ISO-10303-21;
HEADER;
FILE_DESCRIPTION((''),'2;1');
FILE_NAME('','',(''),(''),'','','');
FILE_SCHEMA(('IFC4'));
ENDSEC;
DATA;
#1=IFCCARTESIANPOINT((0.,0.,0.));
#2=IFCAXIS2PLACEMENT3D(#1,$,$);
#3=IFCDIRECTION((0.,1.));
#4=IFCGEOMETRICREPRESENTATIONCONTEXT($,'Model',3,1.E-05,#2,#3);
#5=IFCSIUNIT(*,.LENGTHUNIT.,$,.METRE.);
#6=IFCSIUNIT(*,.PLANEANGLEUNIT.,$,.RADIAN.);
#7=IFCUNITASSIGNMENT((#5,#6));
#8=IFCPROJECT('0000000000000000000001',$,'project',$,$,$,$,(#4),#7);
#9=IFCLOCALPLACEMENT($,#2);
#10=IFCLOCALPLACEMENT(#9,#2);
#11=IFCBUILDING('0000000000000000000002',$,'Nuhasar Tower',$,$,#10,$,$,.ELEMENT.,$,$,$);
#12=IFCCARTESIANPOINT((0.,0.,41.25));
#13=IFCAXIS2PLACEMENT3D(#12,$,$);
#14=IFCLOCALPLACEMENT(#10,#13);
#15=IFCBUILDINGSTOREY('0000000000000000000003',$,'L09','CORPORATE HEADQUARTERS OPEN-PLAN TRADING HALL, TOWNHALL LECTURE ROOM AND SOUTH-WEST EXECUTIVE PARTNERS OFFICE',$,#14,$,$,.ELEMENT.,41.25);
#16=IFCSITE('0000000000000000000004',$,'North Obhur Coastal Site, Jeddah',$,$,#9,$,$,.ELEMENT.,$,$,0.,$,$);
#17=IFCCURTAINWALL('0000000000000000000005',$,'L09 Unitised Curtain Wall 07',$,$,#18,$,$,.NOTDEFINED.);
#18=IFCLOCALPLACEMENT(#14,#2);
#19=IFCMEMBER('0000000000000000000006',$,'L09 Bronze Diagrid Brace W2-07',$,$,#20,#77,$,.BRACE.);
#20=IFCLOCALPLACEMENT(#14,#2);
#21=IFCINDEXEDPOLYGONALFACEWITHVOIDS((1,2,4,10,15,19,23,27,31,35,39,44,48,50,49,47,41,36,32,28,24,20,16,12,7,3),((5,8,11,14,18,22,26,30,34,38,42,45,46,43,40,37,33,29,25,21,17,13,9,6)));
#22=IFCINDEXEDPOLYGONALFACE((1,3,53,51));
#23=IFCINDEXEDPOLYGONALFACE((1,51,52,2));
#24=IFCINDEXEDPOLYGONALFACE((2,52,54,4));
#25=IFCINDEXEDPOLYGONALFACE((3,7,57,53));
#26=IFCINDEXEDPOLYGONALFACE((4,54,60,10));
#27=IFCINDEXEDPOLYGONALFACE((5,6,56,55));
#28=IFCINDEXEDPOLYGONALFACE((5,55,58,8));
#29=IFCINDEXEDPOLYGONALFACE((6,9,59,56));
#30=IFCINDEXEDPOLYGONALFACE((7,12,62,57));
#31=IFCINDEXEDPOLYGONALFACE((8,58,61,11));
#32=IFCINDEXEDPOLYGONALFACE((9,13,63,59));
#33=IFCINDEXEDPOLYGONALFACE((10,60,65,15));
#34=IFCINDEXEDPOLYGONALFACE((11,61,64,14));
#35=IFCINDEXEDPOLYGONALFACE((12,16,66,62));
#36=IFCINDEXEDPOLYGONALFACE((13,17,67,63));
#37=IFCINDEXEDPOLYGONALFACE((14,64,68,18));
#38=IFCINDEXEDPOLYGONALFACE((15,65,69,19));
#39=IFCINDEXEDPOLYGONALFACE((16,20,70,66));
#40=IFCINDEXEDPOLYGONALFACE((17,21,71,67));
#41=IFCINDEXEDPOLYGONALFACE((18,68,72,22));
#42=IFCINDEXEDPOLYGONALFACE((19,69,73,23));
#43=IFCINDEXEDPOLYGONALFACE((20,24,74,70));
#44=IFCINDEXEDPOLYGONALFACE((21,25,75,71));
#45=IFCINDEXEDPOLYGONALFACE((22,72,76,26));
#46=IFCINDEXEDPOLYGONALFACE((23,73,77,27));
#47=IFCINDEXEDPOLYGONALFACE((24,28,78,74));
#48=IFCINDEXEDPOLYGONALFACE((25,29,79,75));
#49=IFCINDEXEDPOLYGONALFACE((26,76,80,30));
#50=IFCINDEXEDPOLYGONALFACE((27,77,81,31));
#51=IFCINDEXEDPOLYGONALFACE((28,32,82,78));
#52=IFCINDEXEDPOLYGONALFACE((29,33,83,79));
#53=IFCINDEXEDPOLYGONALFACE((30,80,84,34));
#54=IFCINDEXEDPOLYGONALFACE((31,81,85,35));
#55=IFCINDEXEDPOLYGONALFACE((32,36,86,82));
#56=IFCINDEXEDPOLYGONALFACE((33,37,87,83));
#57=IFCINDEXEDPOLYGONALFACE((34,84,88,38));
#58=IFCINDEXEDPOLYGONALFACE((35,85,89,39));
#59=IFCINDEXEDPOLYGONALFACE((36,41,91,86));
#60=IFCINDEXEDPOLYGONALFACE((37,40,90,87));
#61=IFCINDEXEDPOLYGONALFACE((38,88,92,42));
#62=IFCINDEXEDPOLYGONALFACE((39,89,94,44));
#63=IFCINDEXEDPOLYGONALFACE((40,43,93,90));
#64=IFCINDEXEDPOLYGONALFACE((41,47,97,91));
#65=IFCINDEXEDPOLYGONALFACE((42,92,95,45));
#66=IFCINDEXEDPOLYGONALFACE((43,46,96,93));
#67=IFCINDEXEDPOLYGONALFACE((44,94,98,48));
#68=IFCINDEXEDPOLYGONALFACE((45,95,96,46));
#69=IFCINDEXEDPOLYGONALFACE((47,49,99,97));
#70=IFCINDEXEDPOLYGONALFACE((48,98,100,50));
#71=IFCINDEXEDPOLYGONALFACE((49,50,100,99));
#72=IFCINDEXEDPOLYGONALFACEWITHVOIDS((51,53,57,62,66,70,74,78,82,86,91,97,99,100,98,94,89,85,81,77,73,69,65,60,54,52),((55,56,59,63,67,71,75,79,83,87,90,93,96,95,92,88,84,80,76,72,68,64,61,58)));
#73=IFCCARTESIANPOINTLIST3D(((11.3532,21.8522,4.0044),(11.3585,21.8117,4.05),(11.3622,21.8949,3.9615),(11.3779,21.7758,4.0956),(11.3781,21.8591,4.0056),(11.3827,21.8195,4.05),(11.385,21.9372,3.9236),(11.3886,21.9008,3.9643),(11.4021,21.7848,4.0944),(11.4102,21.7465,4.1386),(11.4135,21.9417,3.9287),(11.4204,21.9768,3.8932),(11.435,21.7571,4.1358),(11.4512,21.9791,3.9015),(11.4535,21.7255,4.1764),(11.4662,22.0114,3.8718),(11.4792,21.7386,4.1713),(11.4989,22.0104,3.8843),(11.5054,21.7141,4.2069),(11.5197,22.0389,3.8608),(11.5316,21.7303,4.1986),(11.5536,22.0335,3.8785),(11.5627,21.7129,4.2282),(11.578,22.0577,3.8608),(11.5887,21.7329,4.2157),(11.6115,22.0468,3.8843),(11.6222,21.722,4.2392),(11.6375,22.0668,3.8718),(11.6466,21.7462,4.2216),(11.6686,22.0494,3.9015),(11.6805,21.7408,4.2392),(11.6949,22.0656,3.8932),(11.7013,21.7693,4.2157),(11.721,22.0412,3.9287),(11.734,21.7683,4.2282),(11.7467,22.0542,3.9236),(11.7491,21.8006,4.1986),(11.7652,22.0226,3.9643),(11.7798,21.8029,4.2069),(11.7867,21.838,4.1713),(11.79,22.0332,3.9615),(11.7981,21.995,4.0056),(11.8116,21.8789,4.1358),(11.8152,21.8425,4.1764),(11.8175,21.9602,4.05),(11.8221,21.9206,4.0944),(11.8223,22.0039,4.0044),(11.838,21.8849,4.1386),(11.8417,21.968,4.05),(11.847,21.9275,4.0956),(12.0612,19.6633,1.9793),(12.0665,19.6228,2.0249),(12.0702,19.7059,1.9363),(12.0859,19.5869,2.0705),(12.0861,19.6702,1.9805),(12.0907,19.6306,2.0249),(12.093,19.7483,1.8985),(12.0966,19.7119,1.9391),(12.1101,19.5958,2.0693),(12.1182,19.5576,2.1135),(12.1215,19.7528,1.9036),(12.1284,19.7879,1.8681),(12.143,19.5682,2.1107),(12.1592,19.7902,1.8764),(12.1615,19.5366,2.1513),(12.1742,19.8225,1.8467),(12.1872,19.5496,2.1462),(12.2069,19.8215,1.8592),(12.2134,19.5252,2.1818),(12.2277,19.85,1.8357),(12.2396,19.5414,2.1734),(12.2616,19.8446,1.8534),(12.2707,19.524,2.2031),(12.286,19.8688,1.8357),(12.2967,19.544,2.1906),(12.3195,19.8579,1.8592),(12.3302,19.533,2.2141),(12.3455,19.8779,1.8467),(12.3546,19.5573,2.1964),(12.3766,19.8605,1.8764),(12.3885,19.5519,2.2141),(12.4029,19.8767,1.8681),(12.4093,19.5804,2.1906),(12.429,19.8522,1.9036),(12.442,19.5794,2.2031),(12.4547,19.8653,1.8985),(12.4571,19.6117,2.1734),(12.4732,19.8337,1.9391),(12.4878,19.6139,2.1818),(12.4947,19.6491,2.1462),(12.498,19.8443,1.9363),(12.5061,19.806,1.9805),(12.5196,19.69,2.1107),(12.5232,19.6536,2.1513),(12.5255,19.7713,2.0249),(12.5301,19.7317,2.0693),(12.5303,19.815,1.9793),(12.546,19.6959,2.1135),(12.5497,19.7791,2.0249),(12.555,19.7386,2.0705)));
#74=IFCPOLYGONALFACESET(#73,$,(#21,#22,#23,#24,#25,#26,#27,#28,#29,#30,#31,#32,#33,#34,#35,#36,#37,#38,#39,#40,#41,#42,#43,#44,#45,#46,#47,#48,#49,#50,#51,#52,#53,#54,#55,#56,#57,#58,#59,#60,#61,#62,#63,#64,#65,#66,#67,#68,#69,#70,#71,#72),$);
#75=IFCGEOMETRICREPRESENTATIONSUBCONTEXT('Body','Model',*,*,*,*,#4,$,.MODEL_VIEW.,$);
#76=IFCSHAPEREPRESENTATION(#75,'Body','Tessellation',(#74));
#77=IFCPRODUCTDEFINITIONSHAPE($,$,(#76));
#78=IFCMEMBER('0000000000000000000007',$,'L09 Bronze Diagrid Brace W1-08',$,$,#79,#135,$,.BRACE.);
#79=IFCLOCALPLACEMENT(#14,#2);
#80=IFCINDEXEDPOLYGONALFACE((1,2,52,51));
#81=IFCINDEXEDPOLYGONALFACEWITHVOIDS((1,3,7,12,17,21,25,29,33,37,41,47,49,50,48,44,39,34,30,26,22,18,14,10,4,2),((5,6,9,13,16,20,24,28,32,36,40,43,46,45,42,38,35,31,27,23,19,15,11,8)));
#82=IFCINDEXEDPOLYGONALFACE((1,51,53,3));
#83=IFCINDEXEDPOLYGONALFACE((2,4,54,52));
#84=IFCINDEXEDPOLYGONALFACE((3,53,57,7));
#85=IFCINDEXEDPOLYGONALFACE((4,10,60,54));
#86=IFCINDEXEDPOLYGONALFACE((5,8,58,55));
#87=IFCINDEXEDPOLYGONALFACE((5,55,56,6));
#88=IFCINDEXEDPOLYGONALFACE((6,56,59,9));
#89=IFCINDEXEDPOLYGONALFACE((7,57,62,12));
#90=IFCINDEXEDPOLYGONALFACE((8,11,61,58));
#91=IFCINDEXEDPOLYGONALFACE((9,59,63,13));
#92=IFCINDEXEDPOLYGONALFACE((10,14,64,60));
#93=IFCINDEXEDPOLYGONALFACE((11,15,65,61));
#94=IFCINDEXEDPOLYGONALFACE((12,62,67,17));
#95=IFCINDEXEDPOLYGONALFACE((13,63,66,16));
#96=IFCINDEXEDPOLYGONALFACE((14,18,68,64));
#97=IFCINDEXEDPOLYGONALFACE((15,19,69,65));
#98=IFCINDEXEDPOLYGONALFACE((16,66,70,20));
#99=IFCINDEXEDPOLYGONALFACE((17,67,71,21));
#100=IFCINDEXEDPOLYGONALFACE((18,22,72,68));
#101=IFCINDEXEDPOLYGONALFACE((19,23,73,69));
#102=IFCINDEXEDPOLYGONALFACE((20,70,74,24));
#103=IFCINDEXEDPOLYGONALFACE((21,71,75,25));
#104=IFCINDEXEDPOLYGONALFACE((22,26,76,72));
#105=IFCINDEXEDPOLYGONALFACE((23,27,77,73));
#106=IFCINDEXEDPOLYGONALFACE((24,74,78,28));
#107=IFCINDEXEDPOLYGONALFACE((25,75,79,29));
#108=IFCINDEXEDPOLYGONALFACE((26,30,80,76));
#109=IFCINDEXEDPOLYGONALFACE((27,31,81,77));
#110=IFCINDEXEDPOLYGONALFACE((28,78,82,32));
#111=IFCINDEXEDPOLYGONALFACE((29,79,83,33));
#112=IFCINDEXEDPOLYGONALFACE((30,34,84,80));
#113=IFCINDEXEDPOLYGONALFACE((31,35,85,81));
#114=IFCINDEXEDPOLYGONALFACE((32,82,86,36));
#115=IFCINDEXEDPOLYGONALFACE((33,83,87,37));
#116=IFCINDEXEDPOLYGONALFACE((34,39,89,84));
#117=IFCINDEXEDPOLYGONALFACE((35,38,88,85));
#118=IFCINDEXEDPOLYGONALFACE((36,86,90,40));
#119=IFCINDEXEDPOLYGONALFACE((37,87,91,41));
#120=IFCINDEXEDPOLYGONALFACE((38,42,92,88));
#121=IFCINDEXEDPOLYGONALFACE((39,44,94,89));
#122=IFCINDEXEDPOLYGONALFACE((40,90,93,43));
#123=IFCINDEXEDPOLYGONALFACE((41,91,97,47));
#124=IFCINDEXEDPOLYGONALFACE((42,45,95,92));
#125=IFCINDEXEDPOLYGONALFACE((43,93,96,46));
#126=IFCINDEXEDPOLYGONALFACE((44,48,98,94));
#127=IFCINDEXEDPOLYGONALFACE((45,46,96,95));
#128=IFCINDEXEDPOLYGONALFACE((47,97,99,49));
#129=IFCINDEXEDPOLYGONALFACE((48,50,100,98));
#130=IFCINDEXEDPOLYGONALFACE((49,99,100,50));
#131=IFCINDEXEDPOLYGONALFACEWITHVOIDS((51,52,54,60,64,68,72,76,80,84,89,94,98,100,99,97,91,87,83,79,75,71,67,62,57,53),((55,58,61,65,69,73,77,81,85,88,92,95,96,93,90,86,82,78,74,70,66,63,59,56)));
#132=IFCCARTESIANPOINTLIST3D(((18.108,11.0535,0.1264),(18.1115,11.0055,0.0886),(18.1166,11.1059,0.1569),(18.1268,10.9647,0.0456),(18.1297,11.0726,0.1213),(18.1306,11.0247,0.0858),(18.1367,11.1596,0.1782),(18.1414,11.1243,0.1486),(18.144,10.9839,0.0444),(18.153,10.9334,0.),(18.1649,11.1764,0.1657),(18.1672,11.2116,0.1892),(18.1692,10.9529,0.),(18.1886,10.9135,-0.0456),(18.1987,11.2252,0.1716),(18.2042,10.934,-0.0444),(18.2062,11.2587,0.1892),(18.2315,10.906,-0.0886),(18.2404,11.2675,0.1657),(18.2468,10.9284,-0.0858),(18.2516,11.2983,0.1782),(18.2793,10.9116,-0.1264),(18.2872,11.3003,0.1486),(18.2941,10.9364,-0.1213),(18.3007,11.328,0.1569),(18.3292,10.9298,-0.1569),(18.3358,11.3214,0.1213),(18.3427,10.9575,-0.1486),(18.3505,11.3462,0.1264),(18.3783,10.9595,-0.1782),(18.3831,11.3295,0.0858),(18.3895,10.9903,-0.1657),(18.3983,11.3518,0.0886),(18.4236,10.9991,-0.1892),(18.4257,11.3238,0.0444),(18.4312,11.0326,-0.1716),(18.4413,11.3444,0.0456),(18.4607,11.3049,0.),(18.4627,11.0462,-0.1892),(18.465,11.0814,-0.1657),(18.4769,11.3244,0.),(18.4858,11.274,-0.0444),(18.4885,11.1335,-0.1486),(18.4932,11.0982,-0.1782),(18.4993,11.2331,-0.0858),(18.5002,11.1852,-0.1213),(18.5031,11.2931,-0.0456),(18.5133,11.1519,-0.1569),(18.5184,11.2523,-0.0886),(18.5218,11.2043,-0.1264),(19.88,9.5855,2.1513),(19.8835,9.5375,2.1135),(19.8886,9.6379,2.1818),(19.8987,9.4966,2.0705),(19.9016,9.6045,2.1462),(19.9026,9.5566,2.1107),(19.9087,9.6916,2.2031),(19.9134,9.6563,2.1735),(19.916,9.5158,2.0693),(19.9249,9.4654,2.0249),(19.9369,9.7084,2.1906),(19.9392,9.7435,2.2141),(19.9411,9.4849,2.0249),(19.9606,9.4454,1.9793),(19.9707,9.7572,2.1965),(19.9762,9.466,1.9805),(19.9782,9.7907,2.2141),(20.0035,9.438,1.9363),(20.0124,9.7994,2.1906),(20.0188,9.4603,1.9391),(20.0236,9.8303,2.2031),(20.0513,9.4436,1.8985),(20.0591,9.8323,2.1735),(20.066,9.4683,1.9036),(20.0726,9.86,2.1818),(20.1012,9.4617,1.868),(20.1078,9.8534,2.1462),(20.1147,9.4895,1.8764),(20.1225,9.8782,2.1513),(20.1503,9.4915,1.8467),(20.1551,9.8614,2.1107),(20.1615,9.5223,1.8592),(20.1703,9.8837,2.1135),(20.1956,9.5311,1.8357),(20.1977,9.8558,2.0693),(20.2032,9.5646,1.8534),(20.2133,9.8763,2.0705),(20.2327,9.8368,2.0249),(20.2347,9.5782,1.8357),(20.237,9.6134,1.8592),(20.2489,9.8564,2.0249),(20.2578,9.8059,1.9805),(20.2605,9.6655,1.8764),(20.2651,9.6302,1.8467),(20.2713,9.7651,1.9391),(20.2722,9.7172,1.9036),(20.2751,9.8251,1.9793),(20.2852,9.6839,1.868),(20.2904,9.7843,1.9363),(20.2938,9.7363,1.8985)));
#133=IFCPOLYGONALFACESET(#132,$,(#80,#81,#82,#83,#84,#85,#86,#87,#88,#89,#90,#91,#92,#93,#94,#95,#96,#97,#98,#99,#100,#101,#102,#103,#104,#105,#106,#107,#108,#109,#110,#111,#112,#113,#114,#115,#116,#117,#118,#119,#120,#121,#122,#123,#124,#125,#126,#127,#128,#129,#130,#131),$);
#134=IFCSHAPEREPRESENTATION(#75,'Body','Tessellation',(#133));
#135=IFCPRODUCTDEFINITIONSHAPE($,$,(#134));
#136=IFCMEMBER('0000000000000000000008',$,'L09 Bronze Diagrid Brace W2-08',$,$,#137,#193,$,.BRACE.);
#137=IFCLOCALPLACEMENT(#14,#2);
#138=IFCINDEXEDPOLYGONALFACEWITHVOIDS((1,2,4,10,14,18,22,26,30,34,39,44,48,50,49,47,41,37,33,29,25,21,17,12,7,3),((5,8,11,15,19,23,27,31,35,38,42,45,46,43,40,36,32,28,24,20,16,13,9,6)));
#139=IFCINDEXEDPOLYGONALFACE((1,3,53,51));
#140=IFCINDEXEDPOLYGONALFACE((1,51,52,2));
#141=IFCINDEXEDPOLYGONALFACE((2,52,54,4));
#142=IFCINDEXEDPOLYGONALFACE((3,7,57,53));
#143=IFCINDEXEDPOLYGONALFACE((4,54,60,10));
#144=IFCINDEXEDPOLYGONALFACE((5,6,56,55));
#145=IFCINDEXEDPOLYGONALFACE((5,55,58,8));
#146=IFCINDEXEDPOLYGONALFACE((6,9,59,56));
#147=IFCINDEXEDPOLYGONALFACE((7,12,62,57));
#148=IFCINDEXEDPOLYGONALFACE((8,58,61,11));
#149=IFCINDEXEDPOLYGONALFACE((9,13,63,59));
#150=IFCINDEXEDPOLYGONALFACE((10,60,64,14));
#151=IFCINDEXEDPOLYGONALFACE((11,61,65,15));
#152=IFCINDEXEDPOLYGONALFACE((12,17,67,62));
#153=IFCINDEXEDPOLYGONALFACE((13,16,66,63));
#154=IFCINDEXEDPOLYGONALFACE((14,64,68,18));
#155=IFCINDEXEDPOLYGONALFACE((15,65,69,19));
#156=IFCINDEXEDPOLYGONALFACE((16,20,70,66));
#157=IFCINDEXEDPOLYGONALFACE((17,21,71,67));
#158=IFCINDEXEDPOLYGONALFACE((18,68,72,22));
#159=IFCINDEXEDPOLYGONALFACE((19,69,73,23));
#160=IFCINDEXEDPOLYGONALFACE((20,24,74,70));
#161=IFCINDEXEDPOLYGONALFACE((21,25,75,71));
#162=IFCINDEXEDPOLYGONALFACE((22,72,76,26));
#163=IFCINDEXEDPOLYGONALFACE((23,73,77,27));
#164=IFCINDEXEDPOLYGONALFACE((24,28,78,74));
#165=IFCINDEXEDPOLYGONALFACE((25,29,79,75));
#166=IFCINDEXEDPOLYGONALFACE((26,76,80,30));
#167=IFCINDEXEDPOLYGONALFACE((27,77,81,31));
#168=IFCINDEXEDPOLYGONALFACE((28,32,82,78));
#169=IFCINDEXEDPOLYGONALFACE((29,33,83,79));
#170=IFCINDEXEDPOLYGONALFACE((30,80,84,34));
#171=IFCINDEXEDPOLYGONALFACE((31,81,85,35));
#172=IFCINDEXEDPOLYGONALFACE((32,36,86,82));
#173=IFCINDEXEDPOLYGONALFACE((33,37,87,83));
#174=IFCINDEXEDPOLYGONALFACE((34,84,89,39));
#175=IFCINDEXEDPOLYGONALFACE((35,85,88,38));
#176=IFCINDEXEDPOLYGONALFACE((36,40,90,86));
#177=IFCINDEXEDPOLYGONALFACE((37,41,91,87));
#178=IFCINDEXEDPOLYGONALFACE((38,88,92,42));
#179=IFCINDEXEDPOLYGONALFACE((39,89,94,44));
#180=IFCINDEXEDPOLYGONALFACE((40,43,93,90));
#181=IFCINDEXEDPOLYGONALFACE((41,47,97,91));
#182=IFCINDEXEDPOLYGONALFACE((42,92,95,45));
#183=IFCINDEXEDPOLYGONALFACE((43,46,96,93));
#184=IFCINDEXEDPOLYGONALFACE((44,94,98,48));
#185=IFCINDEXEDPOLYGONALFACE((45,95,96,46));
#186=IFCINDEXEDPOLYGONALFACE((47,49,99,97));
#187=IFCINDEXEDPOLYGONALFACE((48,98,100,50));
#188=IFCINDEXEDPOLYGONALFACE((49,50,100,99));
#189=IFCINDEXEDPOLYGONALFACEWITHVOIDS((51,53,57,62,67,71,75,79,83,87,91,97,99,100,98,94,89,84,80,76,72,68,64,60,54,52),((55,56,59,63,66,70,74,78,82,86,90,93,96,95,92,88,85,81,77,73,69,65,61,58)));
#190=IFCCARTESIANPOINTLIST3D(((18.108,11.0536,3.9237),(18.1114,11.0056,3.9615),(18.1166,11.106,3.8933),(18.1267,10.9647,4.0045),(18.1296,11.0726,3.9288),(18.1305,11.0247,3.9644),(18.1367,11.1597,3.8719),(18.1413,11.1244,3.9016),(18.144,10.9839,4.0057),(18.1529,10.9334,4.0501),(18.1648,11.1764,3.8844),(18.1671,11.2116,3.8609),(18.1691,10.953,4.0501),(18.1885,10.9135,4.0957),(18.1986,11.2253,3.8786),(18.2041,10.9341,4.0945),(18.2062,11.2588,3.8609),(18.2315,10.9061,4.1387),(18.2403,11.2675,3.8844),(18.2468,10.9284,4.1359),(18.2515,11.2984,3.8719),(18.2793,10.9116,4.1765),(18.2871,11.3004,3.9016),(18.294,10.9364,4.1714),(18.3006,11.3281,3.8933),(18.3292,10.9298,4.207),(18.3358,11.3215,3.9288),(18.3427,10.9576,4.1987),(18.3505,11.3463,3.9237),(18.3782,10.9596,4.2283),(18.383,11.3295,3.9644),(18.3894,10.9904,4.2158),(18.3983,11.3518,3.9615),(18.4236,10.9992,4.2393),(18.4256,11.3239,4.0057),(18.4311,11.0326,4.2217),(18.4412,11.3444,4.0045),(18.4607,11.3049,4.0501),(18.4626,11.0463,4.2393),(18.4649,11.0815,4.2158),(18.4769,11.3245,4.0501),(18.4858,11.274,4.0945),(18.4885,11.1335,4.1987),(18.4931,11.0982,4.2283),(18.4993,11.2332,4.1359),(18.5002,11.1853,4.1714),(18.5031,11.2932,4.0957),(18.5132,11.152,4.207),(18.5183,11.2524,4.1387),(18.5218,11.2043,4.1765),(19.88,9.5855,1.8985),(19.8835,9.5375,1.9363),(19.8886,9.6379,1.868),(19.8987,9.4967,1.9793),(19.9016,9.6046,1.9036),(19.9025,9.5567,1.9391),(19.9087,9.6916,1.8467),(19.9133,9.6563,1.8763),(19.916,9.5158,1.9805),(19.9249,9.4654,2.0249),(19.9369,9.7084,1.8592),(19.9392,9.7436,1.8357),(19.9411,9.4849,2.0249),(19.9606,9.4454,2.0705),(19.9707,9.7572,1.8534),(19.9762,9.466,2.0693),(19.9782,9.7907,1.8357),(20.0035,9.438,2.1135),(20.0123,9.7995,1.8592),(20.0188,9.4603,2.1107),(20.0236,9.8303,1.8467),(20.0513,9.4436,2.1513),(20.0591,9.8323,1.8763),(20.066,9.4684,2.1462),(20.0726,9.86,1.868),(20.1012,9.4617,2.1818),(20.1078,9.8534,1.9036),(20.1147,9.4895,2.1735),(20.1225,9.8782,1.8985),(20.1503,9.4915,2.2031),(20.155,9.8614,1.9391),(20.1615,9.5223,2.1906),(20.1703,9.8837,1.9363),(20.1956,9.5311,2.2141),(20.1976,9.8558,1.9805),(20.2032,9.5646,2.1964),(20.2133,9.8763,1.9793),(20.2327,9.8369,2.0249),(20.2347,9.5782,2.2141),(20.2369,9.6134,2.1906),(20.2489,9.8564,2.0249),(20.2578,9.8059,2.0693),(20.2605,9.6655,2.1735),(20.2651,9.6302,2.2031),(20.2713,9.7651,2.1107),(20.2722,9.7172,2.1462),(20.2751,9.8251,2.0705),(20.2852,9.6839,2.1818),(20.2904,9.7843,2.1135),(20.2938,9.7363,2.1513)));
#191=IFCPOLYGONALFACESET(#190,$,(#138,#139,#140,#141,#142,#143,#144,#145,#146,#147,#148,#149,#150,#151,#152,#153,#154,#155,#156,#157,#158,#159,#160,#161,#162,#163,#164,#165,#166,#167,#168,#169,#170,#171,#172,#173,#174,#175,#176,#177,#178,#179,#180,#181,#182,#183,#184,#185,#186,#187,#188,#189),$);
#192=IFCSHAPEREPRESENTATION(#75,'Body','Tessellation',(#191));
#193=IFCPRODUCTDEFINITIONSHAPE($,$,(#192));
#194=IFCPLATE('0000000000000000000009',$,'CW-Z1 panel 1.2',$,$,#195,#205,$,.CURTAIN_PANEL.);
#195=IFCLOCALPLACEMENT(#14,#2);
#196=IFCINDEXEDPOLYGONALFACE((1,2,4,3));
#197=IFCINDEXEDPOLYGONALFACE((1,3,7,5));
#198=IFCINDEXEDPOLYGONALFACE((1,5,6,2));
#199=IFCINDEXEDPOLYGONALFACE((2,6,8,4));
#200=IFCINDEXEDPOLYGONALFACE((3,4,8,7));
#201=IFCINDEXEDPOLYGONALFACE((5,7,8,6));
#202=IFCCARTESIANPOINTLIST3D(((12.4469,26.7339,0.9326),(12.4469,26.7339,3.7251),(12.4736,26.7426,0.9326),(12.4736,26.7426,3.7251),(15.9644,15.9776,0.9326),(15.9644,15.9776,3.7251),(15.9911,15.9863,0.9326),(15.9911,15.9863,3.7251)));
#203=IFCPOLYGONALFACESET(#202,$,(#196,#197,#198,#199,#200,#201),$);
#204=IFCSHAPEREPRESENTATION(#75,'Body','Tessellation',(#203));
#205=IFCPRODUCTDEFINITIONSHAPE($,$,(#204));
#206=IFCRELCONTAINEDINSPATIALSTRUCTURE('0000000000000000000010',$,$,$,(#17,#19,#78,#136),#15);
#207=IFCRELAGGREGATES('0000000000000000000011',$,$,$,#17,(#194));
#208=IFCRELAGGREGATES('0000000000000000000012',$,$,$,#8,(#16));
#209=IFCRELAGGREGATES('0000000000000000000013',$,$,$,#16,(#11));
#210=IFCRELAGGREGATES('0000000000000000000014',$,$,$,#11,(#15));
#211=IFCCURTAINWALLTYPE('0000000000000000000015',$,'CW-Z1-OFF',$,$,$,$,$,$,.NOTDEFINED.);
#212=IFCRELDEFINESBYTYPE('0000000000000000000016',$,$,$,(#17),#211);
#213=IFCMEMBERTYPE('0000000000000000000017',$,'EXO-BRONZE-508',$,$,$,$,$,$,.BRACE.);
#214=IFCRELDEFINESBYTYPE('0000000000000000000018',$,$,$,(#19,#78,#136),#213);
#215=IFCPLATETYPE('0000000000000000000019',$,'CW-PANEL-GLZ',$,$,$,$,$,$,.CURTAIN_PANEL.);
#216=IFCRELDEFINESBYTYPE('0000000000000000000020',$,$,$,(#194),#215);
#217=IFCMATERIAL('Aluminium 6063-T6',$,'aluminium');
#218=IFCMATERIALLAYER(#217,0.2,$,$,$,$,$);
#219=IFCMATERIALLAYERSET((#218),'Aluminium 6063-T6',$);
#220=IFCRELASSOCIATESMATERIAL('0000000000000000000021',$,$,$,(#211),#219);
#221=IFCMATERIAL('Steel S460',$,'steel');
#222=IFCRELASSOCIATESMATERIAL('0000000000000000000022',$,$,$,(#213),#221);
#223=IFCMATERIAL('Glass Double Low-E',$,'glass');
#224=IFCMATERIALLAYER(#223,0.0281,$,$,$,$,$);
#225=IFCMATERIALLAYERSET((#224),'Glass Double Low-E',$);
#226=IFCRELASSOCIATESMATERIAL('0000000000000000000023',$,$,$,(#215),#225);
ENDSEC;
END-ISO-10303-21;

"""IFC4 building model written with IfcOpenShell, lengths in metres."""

from ifc_helpers import new_model, si_unit, direction, frame, origin, origin_2d, place, context, subcontext, project, spatial, rectangle, hollow_circle, extrude, material, layer, layer_set, material_profile, profile_set, type_object, element, aggregate, save


model = new_model("IFC4")

# Units and contexts
model_context = context("Model", 3, precision=1e-05, world=origin(), true_north=direction((0.0, 1.0)))
body_context = subcontext(model_context, "Body", "Model", "MODEL_VIEW")
ifc_project = project(units=[si_unit("LENGTHUNIT", "METRE"), si_unit("PLANEANGLEUNIT", "RADIAN")], contexts=[model_context])

# Site, building, storey
site_placement = place(None, origin())
site = spatial("IfcSite", under=ifc_project, at=site_placement, Name="North Obhur Coastal Site, Jeddah", CompositionType="ELEMENT", RefElevation=0.0)
building_placement = place(site_placement, origin())
building = spatial("IfcBuilding", under=site, at=building_placement, Name="Nuhasar Tower", CompositionType="ELEMENT")
storey_placement = place(building_placement, frame((0.0, 0.0, 41.25)))
storey = spatial("IfcBuildingStorey", under=building, at=storey_placement, Name="L09", Description="CORPORATE HEADQUARTERS OPEN-PLAN TRADING HALL, TOWNHALL LECTURE ROOM AND SOUTH-WEST EXECUTIVE PARTNERS OFFICE", CompositionType="ELEMENT", Elevation=41.25)

# Curtain wall
ifc_material_1 = material(Name="Aluminium 6063-T6", Category="aluminium")
ifc_layer_1 = layer(ifc_material_1, 0.2)
ifc_layer_set_1 = layer_set([ifc_layer_1], Name="Aluminium 6063-T6")
curtain_wall_type = type_object("IfcCurtainWallType", Name="CW-Z1-OFF", PredefinedType="NOTDEFINED", material=ifc_layer_set_1)
curtain_wall_1_placement = place(storey_placement, origin())
curtain_wall_1 = element("IfcCurtainWall", 1, at=curtain_wall_1_placement, inside=storey, type_object=curtain_wall_type, Name="L09 Unitised Curtain Wall 07", PredefinedType="NOTDEFINED")

# Members
ifc_material_2 = material(Name="Steel S460", Category="steel")
ifc_material_profile_1 = material_profile(ifc_material_2, hollow_circle(Radius=0.2539, WallThickness=0.0254, at=origin_2d()), Name="HSS508X25.4")
ifc_profile_set_1 = profile_set([ifc_material_profile_1], Name="Steel S460")
member_type_1 = type_object("IfcMemberType", Name="EXO-BRONZE-508", PredefinedType="BRACE", material=ifc_profile_set_1)
member_1_placement = place(storey_placement, frame((12.3081, 19.7009, 2.0249), z_axis=(-0.231, 0.714187, 0.660739), x_axis=(-0.951468, -0.307747, 0.0)))
element("IfcMember", 2, at=member_1_placement, inside=storey, type_object=member_type_1, Name="L09 Bronze Diagrid Brace W2-07", PredefinedType="BRACE", context=body_context, shape_type="SweptSolid", body=[
    extrude(hollow_circle(Radius=0.2539, WallThickness=0.0254, at=origin_2d()), origin(), (0.0, 0.0, 1.0), 3.0649),
])
member_2_placement = place(storey_placement, frame((18.3149, 11.1289, 0.0), z_axis=(0.578102, -0.478937, 0.660619), x_axis=(0.637969, 0.770062, 0.0)))
element("IfcMember", 3, at=member_2_placement, inside=storey, type_object=member_type_1, Name="L09 Bronze Diagrid Brace W1-08", PredefinedType="BRACE", context=body_context, shape_type="SweptSolid", body=[
    extrude(hollow_circle(Radius=0.2539, WallThickness=0.0254, at=origin_2d()), origin(), (0.0, 0.0, 1.0), 3.0652),
])
member_3_placement = place(storey_placement, frame((20.0869, 9.6609, 2.0249), z_axis=(-0.578071, 0.478912, 0.660664), x_axis=(-0.637969, -0.770062, 0.0)))
element("IfcMember", 4, at=member_3_placement, inside=storey, type_object=member_type_1, Name="L09 Bronze Diagrid Brace W2-08", PredefinedType="BRACE", context=body_context, shape_type="SweptSolid", body=[
    extrude(hollow_circle(Radius=0.2539, WallThickness=0.0254, at=origin_2d()), origin(), (0.0, 0.0, 1.0), 3.0654),
])

# Plate
ifc_material_3 = material(Name="Glass Double Low-E", Category="glass")
ifc_layer_2 = layer(ifc_material_3, 0.0281)
ifc_layer_set_2 = layer_set([ifc_layer_2], Name="Glass Double Low-E")
plate_type_1 = type_object("IfcPlateType", Name="CW-PANEL-GLZ", PredefinedType="CURTAIN_PANEL", material=ifc_layer_set_2)
plate_1_placement = place(storey_placement, frame((14.219, 21.3601, 0.9326), z_axis=(0.0, 0.0, 1.0), x_axis=(0.310824, -0.950468, 0.0)))
plate_1 = element("IfcPlate", 5, at=plate_1_placement, type_object=plate_type_1, Name="CW-Z1 panel 1.2", PredefinedType="CURTAIN_PANEL", context=body_context, shape_type="SweptSolid", body=[
    extrude(rectangle(XDim=11.3169, YDim=0.0281, at=origin_2d()), origin(), (0.0, 0.0, 1.0), 2.7925),
])
aggregate(curtain_wall_1, [plate_1])

save(model, "model.ifc")
